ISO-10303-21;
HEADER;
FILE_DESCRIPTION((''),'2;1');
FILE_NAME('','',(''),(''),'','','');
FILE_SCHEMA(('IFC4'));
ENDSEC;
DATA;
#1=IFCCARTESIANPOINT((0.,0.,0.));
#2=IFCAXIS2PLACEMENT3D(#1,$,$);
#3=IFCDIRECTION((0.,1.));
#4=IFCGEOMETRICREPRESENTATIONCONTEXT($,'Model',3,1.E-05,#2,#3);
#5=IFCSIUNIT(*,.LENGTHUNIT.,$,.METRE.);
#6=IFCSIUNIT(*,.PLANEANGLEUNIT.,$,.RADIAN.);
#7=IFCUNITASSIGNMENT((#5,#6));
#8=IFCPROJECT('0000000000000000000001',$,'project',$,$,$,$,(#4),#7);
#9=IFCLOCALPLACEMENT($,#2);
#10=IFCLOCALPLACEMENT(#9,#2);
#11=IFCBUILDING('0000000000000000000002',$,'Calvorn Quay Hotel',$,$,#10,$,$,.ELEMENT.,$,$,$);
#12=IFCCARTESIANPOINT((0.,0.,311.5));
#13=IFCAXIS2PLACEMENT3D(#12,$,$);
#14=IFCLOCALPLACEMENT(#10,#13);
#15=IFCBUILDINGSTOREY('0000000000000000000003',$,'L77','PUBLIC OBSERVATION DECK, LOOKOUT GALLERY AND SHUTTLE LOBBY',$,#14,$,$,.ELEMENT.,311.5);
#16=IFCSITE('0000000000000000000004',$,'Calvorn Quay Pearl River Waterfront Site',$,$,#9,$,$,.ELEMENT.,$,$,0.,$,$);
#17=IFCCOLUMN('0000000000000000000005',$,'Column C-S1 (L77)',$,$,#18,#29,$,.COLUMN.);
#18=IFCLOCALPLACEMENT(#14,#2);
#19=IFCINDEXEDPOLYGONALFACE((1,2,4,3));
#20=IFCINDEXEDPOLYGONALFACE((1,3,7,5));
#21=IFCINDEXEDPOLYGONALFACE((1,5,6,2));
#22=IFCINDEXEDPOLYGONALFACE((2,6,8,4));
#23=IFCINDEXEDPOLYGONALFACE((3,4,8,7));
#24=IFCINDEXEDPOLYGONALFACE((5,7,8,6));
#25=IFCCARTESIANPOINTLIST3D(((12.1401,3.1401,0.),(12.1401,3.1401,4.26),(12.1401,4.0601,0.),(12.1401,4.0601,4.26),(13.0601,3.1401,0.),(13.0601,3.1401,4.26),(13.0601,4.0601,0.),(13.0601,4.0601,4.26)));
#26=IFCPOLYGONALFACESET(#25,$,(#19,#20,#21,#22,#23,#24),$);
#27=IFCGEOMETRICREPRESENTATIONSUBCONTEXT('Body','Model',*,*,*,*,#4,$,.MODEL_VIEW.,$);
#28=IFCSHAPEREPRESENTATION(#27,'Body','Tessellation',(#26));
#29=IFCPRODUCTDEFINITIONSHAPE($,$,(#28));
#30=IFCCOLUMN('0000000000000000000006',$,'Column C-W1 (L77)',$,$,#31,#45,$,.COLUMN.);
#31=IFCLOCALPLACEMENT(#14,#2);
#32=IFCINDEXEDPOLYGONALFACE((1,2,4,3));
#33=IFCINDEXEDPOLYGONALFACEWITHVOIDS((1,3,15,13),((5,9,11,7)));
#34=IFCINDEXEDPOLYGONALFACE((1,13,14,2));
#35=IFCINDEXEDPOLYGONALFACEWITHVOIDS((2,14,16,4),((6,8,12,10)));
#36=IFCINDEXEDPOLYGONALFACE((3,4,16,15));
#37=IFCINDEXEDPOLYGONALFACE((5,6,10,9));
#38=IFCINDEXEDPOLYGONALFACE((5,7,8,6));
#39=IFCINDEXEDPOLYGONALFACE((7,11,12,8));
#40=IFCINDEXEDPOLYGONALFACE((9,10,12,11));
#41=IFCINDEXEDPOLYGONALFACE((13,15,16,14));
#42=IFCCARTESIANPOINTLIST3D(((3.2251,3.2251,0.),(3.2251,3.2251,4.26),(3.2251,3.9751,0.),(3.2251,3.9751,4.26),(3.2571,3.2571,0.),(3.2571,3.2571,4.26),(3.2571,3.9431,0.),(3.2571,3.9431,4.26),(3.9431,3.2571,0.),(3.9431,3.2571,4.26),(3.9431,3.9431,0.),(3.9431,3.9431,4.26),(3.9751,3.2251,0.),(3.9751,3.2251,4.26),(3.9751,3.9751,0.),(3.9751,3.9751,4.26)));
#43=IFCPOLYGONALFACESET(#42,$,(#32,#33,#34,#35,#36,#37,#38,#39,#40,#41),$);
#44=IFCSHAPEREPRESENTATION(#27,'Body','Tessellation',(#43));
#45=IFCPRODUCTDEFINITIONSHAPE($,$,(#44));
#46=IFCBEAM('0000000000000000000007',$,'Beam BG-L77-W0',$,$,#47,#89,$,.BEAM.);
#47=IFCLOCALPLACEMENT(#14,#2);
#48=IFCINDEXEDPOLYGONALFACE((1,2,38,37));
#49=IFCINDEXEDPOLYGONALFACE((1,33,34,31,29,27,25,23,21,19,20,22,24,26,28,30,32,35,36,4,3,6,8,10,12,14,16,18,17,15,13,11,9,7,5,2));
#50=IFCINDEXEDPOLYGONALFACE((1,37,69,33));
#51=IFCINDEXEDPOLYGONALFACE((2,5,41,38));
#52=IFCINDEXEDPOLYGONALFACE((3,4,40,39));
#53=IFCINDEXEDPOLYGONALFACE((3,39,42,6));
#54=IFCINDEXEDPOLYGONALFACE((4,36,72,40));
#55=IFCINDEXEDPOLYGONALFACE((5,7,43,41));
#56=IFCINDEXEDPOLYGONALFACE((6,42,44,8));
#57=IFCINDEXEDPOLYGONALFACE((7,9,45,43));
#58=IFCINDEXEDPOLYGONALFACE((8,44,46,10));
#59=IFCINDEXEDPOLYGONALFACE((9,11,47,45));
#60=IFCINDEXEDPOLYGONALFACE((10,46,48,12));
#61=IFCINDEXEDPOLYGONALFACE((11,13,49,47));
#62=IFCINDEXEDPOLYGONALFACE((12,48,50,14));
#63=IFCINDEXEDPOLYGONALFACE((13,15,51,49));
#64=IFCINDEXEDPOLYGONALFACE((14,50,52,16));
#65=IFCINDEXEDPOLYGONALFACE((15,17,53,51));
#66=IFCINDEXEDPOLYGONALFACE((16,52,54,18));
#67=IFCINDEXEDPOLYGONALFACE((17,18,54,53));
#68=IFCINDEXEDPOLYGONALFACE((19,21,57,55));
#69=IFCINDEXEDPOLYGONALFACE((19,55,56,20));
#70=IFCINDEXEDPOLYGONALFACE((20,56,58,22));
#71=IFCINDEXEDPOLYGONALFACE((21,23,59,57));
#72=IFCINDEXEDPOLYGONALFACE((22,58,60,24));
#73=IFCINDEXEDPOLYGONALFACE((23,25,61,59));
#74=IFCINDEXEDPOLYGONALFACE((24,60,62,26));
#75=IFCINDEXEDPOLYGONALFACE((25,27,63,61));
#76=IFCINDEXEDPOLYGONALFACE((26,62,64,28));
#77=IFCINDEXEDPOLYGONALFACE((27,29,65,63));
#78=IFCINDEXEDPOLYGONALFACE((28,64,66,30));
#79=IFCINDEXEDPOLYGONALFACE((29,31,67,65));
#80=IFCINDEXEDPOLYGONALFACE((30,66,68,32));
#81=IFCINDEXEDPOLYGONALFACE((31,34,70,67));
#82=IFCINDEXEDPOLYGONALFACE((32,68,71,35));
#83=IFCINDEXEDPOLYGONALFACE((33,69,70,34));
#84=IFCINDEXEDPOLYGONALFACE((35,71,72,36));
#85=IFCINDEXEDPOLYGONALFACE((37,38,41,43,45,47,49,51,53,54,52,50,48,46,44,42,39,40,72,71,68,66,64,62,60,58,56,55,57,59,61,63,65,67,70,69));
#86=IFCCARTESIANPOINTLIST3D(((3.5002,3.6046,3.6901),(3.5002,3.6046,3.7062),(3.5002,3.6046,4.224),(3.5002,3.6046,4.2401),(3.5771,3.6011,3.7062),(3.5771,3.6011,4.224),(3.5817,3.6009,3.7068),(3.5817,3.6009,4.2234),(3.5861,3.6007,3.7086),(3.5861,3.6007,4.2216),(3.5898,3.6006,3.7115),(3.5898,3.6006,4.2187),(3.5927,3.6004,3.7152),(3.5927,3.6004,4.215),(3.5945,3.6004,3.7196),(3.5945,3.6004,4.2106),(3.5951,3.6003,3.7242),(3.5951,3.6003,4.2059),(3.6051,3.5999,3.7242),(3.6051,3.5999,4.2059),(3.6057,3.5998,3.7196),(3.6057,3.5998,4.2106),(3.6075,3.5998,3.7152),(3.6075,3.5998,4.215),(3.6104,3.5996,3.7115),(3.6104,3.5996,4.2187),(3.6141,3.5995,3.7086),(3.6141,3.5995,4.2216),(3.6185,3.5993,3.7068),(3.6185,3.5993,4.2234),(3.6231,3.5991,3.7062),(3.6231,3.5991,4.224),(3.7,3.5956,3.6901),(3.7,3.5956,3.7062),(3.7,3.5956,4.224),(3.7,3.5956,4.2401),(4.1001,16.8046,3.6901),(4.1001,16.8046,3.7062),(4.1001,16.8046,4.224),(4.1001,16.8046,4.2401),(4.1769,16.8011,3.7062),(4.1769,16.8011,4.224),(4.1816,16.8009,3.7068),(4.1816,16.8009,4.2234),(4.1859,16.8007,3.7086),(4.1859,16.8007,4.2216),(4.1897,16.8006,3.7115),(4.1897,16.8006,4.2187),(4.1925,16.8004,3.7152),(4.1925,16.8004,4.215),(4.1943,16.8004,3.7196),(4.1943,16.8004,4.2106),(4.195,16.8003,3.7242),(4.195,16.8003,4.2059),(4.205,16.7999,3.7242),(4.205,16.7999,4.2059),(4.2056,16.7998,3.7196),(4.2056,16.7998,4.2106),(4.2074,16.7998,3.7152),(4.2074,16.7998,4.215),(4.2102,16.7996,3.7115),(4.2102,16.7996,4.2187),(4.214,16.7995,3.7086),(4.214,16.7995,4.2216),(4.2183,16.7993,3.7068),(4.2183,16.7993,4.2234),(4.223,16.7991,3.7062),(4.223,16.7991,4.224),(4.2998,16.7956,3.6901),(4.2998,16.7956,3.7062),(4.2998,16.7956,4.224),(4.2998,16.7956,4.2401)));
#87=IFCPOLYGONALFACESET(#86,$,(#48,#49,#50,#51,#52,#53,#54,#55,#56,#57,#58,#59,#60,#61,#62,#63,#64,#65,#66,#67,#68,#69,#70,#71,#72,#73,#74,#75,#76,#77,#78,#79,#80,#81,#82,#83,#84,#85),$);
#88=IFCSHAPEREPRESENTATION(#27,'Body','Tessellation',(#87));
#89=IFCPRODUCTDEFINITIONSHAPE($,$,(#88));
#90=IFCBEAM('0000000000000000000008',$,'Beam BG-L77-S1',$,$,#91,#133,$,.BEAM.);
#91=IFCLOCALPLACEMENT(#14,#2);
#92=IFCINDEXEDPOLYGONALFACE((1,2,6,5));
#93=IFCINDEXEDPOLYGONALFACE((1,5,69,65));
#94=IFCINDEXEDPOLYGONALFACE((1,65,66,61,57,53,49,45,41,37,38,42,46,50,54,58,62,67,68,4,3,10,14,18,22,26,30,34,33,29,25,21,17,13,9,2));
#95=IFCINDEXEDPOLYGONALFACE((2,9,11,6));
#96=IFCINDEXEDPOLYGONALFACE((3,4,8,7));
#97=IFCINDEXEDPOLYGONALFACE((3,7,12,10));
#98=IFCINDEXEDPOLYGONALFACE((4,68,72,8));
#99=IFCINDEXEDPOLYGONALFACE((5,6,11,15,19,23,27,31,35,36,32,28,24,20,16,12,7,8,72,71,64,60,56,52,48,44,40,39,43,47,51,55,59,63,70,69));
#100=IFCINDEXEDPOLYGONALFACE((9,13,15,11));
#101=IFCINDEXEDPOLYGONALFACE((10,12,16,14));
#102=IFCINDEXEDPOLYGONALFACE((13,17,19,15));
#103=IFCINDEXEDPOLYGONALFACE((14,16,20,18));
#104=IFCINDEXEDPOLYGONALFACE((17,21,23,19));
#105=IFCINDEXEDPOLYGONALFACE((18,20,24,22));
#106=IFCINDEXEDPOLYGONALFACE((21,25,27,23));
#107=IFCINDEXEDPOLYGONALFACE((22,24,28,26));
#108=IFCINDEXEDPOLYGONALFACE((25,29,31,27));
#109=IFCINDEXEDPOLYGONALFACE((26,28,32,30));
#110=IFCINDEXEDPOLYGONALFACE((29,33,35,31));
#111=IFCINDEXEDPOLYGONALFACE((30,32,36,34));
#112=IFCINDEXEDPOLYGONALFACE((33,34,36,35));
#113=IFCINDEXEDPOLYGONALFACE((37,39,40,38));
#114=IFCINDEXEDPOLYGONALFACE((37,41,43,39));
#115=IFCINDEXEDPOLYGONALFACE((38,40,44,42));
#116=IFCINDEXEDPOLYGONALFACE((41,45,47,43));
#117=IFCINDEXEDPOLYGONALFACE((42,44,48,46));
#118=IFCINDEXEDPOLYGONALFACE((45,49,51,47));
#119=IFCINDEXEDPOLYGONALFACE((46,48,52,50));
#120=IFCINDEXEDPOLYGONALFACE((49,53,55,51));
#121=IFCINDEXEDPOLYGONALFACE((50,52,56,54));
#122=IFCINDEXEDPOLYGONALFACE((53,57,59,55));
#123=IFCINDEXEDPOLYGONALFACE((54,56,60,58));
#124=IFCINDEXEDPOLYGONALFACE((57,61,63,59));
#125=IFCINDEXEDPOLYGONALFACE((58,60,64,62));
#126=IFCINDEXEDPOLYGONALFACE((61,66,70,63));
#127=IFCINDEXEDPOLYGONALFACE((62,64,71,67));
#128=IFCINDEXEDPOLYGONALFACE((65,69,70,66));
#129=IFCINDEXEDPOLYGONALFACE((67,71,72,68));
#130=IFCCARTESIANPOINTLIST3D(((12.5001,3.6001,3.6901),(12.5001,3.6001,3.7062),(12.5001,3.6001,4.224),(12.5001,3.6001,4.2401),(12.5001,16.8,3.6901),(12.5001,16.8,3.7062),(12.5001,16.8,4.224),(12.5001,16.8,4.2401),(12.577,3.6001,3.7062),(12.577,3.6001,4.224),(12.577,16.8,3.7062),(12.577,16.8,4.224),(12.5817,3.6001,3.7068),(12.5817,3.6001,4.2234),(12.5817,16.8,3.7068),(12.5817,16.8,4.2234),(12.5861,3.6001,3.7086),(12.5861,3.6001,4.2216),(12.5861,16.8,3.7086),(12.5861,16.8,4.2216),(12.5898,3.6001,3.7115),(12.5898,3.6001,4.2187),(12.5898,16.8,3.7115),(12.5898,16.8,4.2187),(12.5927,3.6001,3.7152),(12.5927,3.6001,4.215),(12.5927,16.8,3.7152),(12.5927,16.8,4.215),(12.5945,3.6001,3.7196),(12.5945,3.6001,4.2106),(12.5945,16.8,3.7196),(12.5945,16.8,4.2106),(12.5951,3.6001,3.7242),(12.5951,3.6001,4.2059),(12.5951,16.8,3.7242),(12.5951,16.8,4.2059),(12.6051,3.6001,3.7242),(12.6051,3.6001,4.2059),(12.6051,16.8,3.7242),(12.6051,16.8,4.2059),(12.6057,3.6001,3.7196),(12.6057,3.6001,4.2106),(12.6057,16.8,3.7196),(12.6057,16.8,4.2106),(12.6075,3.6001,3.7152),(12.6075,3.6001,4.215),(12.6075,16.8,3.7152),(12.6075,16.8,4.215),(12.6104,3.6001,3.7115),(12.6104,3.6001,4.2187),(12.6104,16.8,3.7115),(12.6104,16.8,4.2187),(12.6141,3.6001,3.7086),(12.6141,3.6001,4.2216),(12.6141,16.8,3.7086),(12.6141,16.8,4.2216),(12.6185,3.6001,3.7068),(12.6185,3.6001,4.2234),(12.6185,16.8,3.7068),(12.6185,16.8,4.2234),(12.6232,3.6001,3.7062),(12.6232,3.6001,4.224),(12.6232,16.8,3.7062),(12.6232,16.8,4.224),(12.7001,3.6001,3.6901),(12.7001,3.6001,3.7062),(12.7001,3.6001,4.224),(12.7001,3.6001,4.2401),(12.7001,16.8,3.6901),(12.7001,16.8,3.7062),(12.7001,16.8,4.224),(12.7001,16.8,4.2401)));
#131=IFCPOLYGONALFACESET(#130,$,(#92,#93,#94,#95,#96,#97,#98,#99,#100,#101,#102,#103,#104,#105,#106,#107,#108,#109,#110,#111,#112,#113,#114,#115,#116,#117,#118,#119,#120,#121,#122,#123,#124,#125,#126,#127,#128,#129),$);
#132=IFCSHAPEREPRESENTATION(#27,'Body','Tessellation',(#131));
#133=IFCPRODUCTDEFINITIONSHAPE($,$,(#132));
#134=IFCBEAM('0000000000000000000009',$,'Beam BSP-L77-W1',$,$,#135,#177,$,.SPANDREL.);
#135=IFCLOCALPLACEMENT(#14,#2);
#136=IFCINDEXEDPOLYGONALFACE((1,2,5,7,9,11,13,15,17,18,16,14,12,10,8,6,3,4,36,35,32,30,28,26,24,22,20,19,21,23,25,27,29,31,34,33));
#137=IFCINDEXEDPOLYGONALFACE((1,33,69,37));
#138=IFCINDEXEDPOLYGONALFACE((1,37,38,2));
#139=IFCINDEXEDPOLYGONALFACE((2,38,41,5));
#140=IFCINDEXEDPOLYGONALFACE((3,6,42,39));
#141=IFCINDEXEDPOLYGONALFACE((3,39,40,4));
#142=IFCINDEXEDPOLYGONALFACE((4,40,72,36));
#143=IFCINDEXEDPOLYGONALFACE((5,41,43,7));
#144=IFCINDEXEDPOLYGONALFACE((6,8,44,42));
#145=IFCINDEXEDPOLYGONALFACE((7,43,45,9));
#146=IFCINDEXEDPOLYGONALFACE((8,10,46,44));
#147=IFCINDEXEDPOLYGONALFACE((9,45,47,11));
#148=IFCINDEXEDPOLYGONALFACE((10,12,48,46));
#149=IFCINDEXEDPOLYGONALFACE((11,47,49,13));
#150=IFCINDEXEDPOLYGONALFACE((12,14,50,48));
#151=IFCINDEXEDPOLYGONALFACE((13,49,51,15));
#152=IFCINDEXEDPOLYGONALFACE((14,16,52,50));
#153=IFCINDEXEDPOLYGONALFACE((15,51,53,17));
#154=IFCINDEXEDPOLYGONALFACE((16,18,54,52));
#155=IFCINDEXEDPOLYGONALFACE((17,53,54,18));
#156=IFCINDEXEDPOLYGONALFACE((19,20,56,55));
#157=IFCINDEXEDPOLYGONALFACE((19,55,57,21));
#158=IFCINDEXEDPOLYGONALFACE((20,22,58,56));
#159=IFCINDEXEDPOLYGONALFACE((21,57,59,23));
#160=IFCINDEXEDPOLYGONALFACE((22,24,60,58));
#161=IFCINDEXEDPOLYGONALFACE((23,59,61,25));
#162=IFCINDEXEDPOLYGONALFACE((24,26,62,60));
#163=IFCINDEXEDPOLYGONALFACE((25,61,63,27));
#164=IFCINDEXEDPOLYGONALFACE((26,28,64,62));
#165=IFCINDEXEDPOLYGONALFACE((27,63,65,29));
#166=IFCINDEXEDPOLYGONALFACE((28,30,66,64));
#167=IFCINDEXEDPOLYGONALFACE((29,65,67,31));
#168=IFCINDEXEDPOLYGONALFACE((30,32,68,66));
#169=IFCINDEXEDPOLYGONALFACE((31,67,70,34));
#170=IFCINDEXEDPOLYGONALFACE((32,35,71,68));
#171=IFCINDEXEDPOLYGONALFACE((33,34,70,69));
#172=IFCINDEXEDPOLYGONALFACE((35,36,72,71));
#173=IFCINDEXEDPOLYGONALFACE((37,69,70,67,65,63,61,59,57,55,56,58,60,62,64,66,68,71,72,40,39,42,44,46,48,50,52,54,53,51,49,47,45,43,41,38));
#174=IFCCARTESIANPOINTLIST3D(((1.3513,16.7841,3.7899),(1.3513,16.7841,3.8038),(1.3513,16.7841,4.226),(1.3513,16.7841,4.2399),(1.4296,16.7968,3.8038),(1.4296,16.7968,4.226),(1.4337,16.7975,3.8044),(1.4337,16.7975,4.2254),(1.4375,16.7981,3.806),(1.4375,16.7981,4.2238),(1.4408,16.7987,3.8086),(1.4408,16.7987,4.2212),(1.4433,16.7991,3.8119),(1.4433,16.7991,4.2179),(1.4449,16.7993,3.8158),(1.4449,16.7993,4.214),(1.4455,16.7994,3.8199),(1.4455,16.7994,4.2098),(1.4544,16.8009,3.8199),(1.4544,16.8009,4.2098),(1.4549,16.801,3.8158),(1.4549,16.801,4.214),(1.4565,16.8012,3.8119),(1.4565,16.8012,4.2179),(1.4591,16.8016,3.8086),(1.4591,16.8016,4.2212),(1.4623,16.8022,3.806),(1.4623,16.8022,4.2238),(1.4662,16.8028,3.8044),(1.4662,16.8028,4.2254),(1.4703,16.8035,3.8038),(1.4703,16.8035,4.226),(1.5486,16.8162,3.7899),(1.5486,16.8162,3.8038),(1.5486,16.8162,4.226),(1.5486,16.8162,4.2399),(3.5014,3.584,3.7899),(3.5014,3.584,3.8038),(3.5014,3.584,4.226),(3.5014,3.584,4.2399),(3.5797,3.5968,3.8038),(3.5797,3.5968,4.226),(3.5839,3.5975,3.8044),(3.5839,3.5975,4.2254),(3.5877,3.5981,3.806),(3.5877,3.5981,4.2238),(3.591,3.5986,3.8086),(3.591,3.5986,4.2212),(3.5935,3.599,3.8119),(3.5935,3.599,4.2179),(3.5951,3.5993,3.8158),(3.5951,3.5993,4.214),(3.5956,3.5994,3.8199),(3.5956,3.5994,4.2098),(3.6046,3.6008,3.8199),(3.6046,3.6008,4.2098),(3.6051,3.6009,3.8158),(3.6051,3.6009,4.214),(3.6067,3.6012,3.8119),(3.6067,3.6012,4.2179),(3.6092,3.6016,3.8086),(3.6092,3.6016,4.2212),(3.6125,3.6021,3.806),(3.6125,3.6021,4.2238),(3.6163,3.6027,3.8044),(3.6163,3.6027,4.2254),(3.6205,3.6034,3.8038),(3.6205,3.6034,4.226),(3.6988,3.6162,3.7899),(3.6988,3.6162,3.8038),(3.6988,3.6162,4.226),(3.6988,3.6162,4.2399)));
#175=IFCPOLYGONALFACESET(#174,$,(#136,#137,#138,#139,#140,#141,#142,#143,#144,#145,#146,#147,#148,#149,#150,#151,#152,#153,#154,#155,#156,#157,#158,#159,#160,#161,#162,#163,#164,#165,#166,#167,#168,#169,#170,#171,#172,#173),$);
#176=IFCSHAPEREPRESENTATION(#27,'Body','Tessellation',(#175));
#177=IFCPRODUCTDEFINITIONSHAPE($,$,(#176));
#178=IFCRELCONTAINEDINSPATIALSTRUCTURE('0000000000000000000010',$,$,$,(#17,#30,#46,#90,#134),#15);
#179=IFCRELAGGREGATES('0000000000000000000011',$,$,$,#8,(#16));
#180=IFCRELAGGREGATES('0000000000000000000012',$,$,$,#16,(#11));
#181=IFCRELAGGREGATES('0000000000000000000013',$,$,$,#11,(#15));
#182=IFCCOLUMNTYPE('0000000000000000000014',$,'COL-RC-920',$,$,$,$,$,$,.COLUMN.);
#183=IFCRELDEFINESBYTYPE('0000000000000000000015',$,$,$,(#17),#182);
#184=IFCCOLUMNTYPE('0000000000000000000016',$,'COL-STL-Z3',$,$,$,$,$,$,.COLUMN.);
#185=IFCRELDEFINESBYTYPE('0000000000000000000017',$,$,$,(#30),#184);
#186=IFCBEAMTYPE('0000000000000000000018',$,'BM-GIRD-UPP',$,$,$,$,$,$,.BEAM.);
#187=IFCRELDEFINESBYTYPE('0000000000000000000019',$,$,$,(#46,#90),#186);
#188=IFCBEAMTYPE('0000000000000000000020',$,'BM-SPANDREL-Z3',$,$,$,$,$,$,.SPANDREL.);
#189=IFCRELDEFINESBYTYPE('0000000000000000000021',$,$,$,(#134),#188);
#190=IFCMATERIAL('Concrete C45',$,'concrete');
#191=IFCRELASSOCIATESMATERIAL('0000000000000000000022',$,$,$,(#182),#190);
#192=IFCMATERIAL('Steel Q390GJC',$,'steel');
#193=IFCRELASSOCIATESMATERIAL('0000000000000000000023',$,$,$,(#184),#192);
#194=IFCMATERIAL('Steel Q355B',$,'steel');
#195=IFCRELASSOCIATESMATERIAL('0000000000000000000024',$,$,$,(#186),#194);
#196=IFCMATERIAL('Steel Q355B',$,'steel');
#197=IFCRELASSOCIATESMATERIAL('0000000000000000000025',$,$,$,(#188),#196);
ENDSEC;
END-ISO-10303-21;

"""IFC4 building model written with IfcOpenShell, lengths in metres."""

from ifc_helpers import new_model, si_unit, direction, frame, origin, origin_2d, place, context, subcontext, project, spatial, rectangle, hollow_rectangle, i_section, extrude, material, material_profile, profile_set, type_object, element, save


model = new_model("IFC4")

# Units and contexts
model_context = context("Model", 3, precision=1e-05, world=origin(), true_north=direction((0.0, 1.0)))
body_context = subcontext(model_context, "Body", "Model", "MODEL_VIEW")
ifc_project = project(units=[si_unit("LENGTHUNIT", "METRE"), si_unit("PLANEANGLEUNIT", "RADIAN")], contexts=[model_context])

# Site, building, storey
site_placement = place(None, origin())
site = spatial("IfcSite", under=ifc_project, at=site_placement, Name="Calvorn Quay Pearl River Waterfront Site", CompositionType="ELEMENT", RefElevation=0.0)
building_placement = place(site_placement, origin())
building = spatial("IfcBuilding", under=site, at=building_placement, Name="Calvorn Quay Hotel", CompositionType="ELEMENT")
storey_placement = place(building_placement, frame((0.0, 0.0, 311.5)))
storey = spatial("IfcBuildingStorey", under=building, at=storey_placement, Name="L77", Description="PUBLIC OBSERVATION DECK, LOOKOUT GALLERY AND SHUTTLE LOBBY", CompositionType="ELEMENT", Elevation=311.5)

# Columns
ifc_material_1 = material(Name="Concrete C45", Category="concrete")
ifc_material_profile_1 = material_profile(ifc_material_1, rectangle(XDim=0.9199, YDim=0.9199, at=origin_2d()), Name="RC920x920")
ifc_profile_set_1 = profile_set([ifc_material_profile_1], Name="Concrete C45")
column_type_1 = type_object("IfcColumnType", Name="COL-RC-920", PredefinedType="COLUMN", material=ifc_profile_set_1)
column_1_placement = place(storey_placement, frame((12.6001, 3.6001, 0.0), z_axis=(0.0, 0.0, 1.0), x_axis=(1.0, 0.0, 0.0)))
element("IfcColumn", 1, at=column_1_placement, inside=storey, type_object=column_type_1, Name="Column C-S1 (L77)", PredefinedType="COLUMN", context=body_context, shape_type="SweptSolid", body=[
    extrude(rectangle(XDim=0.9199, YDim=0.9199, at=origin_2d()), origin(), (0.0, 0.0, 1.0), 4.26),
])
ifc_material_2 = material(Name="Steel Q390GJC", Category="steel")
ifc_material_profile_2 = material_profile(ifc_material_2, hollow_rectangle(XDim=0.75, YDim=0.75, WallThickness=0.032, at=origin_2d()), Name="BOX750x750x32")
ifc_profile_set_2 = profile_set([ifc_material_profile_2], Name="Steel Q390GJC")
column_type_2 = type_object("IfcColumnType", Name="COL-STL-Z3", PredefinedType="COLUMN", material=ifc_profile_set_2)
column_2_placement = place(storey_placement, frame((3.6001, 3.6001, 0.0), z_axis=(0.0, 0.0, 1.0), x_axis=(1.0, 0.0, 0.0)))
element("IfcColumn", 2, at=column_2_placement, inside=storey, type_object=column_type_2, Name="Column C-W1 (L77)", PredefinedType="COLUMN", context=body_context, shape_type="SweptSolid", body=[
    extrude(hollow_rectangle(XDim=0.75, YDim=0.75, WallThickness=0.032, at=origin_2d()), origin(), (0.0, 0.0, 1.0), 4.26),
])

# Beams
ifc_material_3 = material(Name="Steel Q355B", Category="steel")
ifc_material_profile_3 = material_profile(ifc_material_3, i_section(OverallWidth=0.2, OverallDepth=0.55, WebThickness=0.01, FlangeThickness=0.0161, FilletRadius=0.0181, at=origin_2d()), Name="HN550x200x10x16")
ifc_profile_set_3 = profile_set([ifc_material_profile_3], Name="Steel Q355B")
beam_type_1 = type_object("IfcBeamType", Name="BM-GIRD-UPP", PredefinedType="BEAM", material=ifc_profile_set_3)
beam_1_placement = place(storey_placement, frame((3.6001, 3.6001, 3.9651), z_axis=(0.045397, 0.998969, 0.0), x_axis=(-0.998969, 0.045397, 0.0)))
element("IfcBeam", 3, at=beam_1_placement, inside=storey, type_object=beam_type_1, Name="Beam BG-L77-W0", PredefinedType="BEAM", context=body_context, shape_type="SweptSolid", body=[
    extrude(i_section(OverallWidth=0.2, OverallDepth=0.55, WebThickness=0.01, FlangeThickness=0.0161, FilletRadius=0.0181, at=origin_2d()), origin(), (0.0, 0.0, 1.0), 13.2136),
])
beam_2_placement = place(storey_placement, frame((12.6001, 3.6001, 3.9651), z_axis=(0.0, 1.0, 0.0), x_axis=(-1.0, 0.0, 0.0)))
element("IfcBeam", 4, at=beam_2_placement, inside=storey, type_object=beam_type_1, Name="Beam BG-L77-S1", PredefinedType="BEAM", context=body_context, shape_type="SweptSolid", body=[
    extrude(i_section(OverallWidth=0.2, OverallDepth=0.55, WebThickness=0.01, FlangeThickness=0.0161, FilletRadius=0.0181, at=origin_2d()), origin(), (0.0, 0.0, 1.0), 13.2),
])
ifc_material_4 = material(Name="Steel Q355B", Category="steel")
ifc_material_profile_4 = material_profile(ifc_material_4, i_section(OverallWidth=0.2, OverallDepth=0.45, WebThickness=0.009, FlangeThickness=0.0139, FilletRadius=0.0161, at=origin_2d()), Name="HN450x200x9x14")
ifc_profile_set_4 = profile_set([ifc_material_profile_4], Name="Steel Q355B")
beam_type_2 = type_object("IfcBeamType", Name="BM-SPANDREL-Z3", PredefinedType="SPANDREL", material=ifc_profile_set_4)
beam_3_placement = place(storey_placement, frame((3.6001, 3.6001, 4.0149), z_axis=(-0.160772, 0.986992, 0.0), x_axis=(-0.986992, -0.160772, 0.0)))
element("IfcBeam", 5, at=beam_3_placement, inside=storey, type_object=beam_type_2, Name="Beam BSP-L77-W1", PredefinedType="SPANDREL", context=body_context, shape_type="SweptSolid", body=[
    extrude(i_section(OverallWidth=0.2, OverallDepth=0.45, WebThickness=0.009, FlangeThickness=0.0139, FilletRadius=0.0161, at=origin_2d()), origin(), (0.0, 0.0, 1.0), 13.374),
])

save(model, "model.ifc")
